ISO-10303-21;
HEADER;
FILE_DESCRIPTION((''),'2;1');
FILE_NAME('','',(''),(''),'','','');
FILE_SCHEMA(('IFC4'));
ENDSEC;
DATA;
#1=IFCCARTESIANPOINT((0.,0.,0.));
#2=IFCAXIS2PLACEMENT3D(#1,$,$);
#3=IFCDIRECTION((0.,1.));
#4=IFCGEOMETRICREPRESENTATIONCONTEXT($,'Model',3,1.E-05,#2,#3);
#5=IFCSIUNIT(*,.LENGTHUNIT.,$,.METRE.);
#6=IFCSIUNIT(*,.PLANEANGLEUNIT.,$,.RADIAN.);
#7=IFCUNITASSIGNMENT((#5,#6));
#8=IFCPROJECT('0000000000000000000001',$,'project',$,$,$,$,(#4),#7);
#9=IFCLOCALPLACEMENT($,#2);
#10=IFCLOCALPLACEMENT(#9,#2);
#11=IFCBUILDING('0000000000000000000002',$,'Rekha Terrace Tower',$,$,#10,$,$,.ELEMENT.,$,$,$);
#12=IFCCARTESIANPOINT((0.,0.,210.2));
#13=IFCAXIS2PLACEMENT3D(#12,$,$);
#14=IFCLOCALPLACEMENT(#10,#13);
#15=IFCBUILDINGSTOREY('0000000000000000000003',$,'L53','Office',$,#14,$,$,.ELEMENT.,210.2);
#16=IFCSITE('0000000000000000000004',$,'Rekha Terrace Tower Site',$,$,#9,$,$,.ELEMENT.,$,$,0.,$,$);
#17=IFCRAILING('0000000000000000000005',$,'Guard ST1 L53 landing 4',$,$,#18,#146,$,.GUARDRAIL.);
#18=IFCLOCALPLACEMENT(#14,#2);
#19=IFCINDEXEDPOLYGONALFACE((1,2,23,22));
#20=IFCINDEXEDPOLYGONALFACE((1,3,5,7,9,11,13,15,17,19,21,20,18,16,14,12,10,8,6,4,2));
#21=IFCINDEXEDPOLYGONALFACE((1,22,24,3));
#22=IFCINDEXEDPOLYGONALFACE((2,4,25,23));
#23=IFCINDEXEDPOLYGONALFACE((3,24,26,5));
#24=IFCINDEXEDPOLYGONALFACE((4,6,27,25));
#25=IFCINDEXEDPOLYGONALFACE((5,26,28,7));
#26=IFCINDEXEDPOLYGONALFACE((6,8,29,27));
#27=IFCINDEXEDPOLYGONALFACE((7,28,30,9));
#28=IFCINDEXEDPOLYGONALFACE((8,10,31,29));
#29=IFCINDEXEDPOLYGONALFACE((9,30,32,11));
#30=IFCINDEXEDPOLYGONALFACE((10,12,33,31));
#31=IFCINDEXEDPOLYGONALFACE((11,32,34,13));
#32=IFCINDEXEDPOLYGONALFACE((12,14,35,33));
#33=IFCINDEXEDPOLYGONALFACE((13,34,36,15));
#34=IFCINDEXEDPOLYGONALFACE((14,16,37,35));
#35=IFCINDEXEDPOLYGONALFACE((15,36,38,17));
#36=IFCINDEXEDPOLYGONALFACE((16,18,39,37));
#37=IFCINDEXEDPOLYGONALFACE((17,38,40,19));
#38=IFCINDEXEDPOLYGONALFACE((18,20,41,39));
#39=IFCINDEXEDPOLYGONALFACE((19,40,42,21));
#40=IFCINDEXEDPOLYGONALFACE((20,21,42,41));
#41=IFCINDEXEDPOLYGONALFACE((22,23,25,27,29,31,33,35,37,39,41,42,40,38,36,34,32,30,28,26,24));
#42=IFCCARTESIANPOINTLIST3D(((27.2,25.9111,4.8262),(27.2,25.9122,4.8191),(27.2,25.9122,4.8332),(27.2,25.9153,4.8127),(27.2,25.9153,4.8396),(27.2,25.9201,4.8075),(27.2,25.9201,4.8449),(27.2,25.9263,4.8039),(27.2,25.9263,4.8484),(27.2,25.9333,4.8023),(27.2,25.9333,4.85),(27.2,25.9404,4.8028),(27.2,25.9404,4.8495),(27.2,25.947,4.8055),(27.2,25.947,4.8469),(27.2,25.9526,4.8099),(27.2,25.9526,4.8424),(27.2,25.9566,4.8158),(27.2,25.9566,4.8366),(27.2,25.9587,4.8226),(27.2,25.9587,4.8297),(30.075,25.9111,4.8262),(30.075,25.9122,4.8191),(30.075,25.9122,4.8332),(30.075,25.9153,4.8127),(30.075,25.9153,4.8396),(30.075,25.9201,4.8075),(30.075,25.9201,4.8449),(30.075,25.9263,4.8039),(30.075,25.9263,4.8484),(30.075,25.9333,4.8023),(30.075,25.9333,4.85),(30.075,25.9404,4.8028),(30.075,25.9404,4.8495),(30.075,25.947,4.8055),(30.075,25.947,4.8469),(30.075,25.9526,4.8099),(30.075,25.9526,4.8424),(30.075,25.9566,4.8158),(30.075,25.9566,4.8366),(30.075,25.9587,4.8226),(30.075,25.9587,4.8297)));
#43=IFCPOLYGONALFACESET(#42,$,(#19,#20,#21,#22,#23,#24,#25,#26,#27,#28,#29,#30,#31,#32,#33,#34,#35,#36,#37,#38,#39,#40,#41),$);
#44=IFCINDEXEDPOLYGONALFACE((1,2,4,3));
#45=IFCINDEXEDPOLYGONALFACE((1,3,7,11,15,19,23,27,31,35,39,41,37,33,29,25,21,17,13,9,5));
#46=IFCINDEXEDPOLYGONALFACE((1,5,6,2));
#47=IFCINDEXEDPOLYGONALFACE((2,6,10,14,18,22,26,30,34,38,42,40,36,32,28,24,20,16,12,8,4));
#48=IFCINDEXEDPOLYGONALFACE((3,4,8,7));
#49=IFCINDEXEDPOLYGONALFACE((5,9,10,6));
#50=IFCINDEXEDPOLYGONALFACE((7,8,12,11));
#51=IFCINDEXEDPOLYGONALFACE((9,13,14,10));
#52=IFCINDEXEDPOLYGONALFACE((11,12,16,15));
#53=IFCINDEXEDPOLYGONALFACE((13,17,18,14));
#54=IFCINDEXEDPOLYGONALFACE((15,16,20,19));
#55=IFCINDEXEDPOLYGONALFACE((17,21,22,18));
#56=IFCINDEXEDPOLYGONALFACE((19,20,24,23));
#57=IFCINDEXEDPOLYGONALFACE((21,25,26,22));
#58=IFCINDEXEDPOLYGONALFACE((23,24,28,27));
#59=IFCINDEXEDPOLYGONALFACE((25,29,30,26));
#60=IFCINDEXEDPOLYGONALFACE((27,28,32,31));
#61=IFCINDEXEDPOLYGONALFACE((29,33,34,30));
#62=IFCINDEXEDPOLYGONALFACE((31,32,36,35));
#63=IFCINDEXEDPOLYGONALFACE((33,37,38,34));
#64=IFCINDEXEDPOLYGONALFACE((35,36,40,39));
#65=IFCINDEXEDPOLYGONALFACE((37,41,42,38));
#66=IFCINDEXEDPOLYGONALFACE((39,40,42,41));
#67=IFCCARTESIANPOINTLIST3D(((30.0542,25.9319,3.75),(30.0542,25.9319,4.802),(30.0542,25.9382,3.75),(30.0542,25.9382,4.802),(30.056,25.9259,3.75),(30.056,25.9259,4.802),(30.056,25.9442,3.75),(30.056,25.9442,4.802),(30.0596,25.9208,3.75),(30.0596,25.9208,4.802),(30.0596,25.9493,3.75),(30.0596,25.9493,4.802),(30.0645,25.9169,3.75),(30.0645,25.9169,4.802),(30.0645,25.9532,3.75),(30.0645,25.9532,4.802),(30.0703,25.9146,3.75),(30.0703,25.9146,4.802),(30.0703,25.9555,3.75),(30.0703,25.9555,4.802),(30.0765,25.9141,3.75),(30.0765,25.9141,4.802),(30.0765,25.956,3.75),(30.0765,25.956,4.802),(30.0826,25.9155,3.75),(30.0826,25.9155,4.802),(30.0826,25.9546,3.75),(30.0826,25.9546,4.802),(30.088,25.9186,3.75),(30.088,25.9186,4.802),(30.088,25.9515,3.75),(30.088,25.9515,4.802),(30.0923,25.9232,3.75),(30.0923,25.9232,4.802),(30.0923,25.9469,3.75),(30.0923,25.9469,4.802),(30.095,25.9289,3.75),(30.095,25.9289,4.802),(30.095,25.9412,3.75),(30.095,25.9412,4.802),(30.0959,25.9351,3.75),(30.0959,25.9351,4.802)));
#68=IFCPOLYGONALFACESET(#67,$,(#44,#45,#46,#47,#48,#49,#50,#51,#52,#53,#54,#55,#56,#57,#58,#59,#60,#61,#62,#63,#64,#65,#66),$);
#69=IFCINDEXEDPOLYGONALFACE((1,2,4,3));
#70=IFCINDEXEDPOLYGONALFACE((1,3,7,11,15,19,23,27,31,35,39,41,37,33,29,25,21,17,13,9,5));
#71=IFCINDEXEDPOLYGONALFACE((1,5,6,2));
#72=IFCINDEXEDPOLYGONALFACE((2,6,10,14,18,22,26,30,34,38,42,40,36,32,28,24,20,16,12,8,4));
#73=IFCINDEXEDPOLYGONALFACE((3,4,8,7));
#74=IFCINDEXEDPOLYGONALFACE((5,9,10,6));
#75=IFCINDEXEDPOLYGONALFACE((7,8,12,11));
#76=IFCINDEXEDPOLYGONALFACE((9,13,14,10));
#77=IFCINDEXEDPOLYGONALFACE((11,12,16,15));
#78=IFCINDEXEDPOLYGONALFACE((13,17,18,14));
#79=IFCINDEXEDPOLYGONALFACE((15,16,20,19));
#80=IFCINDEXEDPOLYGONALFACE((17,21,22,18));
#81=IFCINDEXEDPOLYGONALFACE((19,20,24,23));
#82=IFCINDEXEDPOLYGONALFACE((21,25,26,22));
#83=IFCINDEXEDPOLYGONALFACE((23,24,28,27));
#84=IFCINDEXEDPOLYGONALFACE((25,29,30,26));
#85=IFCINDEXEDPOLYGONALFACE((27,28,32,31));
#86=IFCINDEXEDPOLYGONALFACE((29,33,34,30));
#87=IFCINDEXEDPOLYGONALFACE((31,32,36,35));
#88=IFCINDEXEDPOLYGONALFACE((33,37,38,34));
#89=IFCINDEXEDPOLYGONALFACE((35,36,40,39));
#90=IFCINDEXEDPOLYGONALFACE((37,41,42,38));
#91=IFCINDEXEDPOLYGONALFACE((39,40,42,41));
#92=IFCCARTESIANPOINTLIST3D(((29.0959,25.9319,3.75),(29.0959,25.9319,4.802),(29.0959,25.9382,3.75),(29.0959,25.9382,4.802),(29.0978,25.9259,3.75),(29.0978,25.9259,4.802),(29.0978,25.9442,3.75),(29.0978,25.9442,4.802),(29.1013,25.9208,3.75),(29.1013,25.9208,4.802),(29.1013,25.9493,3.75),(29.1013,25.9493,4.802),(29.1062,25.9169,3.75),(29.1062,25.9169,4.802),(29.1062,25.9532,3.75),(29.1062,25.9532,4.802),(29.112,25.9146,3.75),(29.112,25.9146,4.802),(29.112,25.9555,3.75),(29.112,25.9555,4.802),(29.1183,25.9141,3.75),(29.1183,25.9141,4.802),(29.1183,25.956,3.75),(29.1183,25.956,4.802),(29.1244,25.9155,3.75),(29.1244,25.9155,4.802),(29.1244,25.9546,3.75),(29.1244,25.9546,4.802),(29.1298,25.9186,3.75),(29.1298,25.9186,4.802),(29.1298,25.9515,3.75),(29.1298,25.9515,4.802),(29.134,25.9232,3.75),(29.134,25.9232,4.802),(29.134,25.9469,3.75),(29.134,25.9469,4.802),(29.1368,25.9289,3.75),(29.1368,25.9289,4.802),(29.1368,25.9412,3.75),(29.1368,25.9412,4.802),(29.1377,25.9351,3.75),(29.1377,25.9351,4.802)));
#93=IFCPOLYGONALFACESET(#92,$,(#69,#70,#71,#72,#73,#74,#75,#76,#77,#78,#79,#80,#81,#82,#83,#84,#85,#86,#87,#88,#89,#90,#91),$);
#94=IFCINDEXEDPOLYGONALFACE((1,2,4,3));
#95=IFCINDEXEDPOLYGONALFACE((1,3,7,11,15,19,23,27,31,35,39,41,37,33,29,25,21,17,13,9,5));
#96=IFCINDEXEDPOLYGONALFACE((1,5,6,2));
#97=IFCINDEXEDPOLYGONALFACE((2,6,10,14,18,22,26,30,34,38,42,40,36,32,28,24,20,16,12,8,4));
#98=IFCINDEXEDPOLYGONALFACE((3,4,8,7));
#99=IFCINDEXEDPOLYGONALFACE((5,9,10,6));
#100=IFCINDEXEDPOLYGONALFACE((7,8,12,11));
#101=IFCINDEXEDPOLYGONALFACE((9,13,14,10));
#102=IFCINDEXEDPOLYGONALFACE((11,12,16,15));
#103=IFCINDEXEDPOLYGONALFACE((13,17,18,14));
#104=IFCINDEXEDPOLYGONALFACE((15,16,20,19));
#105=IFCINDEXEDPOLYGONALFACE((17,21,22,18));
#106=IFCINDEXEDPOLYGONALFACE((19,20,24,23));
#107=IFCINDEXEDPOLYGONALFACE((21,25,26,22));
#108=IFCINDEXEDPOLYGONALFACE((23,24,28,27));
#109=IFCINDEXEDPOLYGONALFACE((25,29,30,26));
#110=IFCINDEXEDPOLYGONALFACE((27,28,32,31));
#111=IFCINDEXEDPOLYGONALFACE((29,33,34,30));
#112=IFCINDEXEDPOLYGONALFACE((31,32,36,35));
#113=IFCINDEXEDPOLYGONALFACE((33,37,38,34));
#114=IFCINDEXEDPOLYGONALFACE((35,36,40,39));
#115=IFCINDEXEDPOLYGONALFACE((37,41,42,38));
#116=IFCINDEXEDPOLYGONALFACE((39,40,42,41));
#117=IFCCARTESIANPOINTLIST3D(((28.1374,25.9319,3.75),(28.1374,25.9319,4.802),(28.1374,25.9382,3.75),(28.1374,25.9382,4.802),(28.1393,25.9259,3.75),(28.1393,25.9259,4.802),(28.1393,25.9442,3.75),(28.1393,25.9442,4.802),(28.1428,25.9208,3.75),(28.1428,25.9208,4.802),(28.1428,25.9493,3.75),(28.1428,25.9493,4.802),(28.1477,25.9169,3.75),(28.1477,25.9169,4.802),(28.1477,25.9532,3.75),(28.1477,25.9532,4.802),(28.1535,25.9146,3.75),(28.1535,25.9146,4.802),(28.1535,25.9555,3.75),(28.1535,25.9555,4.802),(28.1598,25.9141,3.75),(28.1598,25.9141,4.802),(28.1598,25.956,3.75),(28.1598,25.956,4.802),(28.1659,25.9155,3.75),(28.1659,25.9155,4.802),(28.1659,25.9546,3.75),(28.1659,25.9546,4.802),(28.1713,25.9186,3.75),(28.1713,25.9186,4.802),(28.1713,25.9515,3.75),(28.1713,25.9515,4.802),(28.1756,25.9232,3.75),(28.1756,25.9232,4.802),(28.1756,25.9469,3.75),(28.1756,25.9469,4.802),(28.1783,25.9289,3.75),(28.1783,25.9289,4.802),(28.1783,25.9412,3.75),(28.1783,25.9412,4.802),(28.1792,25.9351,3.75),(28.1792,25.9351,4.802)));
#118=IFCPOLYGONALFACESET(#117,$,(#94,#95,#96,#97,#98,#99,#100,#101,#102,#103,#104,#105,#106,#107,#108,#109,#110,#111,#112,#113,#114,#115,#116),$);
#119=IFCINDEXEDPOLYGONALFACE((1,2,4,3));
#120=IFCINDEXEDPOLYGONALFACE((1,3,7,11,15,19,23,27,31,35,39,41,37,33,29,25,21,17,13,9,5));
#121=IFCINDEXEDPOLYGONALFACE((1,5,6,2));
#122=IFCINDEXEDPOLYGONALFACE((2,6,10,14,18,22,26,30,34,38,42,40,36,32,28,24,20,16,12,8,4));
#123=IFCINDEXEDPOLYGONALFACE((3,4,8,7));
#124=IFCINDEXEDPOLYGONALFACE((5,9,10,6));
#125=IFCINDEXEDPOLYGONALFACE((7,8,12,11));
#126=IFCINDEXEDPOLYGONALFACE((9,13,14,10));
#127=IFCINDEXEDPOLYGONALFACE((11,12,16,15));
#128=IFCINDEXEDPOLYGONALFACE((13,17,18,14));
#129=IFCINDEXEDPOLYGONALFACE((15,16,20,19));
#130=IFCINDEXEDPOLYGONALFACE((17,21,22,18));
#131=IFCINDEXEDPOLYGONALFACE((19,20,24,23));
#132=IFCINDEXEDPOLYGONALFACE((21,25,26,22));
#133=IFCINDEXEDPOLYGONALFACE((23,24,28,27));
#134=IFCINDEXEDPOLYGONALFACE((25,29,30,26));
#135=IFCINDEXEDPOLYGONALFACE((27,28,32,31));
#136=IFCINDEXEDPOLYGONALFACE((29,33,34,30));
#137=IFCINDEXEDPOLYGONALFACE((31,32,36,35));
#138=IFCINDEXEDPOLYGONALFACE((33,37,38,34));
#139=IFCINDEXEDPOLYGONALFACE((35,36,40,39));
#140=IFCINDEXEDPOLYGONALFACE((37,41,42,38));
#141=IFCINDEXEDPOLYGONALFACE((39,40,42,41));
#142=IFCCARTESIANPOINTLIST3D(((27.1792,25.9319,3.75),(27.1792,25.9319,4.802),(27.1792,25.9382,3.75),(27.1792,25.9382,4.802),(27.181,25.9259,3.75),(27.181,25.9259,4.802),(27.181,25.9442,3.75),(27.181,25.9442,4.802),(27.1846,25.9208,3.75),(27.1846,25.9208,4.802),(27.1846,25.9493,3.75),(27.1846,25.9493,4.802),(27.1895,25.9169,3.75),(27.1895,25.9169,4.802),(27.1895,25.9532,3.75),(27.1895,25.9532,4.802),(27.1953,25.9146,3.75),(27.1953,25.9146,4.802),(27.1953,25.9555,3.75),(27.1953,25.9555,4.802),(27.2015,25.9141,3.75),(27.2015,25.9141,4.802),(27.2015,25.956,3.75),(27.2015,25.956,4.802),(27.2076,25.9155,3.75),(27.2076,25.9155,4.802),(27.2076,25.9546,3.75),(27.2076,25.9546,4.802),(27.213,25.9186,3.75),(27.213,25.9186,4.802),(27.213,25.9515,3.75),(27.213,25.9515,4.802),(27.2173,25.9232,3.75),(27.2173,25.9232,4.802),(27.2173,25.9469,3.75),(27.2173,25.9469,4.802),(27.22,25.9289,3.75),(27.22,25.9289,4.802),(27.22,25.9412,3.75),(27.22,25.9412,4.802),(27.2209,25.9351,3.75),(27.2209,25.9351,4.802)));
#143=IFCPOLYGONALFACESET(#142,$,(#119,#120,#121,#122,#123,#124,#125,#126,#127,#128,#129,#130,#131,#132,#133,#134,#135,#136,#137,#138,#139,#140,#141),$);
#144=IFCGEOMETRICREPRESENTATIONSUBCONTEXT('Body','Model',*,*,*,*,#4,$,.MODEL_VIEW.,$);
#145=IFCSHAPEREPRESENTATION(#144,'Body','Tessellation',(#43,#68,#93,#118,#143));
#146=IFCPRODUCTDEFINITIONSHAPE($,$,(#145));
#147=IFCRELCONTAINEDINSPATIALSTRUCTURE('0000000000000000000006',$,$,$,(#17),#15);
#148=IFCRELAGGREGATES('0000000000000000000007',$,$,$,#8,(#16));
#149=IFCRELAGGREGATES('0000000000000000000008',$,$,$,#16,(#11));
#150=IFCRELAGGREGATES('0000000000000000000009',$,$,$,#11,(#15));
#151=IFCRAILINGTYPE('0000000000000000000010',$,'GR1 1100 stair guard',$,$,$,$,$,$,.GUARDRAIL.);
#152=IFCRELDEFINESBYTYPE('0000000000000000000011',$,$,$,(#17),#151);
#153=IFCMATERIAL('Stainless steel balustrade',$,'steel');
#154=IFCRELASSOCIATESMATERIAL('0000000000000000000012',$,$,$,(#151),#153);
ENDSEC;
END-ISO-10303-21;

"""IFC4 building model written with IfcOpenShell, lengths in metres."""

from ifc_helpers import new_model, si_unit, direction, frame, origin, origin_2d, place, context, subcontext, project, spatial, circle, extrude, material, type_object, element, save


model = new_model("IFC4")

# Units and contexts
model_context = context("Model", 3, precision=1e-05, world=origin(), true_north=direction((0.0, 1.0)))
body_context = subcontext(model_context, "Body", "Model", "MODEL_VIEW")
ifc_project = project(units=[si_unit("LENGTHUNIT", "METRE"), si_unit("PLANEANGLEUNIT", "RADIAN")], contexts=[model_context])

# Site, building, storey
site_placement = place(None, origin())
site = spatial("IfcSite", under=ifc_project, at=site_placement, Name="Rekha Terrace Tower Site", CompositionType="ELEMENT", RefElevation=0.0)
building_placement = place(site_placement, origin())
building = spatial("IfcBuilding", under=site, at=building_placement, Name="Rekha Terrace Tower", CompositionType="ELEMENT")
storey_placement = place(building_placement, frame((0.0, 0.0, 210.2)))
storey = spatial("IfcBuildingStorey", under=building, at=storey_placement, Name="L53", Description="Office", CompositionType="ELEMENT", Elevation=210.2)

# Railing
ifc_material_1 = material(Name="Stainless steel balustrade", Category="steel")
railing_type_1 = type_object("IfcRailingType", Name="GR1 1100 stair guard", PredefinedType="GUARDRAIL", material=ifc_material_1)
railing_1_placement = place(storey_placement, frame((30.075, 25.9351, 3.75)))
element("IfcRailing", 1, at=railing_1_placement, inside=storey, type_object=railing_type_1, Name="Guard ST1 L53 landing 4", PredefinedType="GUARDRAIL", context=body_context, shape_type="SweptSolid", body=[
    extrude(circle(Radius=0.0239, at=origin_2d()), frame((0.0, 0.0, 1.0762), z_axis=(-1.0, 0.0, 0.0), x_axis=(0.0, -1.0, 0.0)), (0.0, 0.0, 1.0), 2.875),
    extrude(circle(Radius=0.021, at=origin_2d()), origin(), (0.0, 0.0, 1.0), 1.052),
    extrude(circle(Radius=0.021, at=origin_2d()), frame((-0.9583, 0.0, 0.0)), (0.0, 0.0, 1.0), 1.052),
    extrude(circle(Radius=0.021, at=origin_2d()), frame((-1.9167, 0.0, 0.0)), (0.0, 0.0, 1.0), 1.052),
    extrude(circle(Radius=0.021, at=origin_2d()), frame((-2.875, 0.0, 0.0)), (0.0, 0.0, 1.0), 1.052),
])

save(model, "model.ifc")
